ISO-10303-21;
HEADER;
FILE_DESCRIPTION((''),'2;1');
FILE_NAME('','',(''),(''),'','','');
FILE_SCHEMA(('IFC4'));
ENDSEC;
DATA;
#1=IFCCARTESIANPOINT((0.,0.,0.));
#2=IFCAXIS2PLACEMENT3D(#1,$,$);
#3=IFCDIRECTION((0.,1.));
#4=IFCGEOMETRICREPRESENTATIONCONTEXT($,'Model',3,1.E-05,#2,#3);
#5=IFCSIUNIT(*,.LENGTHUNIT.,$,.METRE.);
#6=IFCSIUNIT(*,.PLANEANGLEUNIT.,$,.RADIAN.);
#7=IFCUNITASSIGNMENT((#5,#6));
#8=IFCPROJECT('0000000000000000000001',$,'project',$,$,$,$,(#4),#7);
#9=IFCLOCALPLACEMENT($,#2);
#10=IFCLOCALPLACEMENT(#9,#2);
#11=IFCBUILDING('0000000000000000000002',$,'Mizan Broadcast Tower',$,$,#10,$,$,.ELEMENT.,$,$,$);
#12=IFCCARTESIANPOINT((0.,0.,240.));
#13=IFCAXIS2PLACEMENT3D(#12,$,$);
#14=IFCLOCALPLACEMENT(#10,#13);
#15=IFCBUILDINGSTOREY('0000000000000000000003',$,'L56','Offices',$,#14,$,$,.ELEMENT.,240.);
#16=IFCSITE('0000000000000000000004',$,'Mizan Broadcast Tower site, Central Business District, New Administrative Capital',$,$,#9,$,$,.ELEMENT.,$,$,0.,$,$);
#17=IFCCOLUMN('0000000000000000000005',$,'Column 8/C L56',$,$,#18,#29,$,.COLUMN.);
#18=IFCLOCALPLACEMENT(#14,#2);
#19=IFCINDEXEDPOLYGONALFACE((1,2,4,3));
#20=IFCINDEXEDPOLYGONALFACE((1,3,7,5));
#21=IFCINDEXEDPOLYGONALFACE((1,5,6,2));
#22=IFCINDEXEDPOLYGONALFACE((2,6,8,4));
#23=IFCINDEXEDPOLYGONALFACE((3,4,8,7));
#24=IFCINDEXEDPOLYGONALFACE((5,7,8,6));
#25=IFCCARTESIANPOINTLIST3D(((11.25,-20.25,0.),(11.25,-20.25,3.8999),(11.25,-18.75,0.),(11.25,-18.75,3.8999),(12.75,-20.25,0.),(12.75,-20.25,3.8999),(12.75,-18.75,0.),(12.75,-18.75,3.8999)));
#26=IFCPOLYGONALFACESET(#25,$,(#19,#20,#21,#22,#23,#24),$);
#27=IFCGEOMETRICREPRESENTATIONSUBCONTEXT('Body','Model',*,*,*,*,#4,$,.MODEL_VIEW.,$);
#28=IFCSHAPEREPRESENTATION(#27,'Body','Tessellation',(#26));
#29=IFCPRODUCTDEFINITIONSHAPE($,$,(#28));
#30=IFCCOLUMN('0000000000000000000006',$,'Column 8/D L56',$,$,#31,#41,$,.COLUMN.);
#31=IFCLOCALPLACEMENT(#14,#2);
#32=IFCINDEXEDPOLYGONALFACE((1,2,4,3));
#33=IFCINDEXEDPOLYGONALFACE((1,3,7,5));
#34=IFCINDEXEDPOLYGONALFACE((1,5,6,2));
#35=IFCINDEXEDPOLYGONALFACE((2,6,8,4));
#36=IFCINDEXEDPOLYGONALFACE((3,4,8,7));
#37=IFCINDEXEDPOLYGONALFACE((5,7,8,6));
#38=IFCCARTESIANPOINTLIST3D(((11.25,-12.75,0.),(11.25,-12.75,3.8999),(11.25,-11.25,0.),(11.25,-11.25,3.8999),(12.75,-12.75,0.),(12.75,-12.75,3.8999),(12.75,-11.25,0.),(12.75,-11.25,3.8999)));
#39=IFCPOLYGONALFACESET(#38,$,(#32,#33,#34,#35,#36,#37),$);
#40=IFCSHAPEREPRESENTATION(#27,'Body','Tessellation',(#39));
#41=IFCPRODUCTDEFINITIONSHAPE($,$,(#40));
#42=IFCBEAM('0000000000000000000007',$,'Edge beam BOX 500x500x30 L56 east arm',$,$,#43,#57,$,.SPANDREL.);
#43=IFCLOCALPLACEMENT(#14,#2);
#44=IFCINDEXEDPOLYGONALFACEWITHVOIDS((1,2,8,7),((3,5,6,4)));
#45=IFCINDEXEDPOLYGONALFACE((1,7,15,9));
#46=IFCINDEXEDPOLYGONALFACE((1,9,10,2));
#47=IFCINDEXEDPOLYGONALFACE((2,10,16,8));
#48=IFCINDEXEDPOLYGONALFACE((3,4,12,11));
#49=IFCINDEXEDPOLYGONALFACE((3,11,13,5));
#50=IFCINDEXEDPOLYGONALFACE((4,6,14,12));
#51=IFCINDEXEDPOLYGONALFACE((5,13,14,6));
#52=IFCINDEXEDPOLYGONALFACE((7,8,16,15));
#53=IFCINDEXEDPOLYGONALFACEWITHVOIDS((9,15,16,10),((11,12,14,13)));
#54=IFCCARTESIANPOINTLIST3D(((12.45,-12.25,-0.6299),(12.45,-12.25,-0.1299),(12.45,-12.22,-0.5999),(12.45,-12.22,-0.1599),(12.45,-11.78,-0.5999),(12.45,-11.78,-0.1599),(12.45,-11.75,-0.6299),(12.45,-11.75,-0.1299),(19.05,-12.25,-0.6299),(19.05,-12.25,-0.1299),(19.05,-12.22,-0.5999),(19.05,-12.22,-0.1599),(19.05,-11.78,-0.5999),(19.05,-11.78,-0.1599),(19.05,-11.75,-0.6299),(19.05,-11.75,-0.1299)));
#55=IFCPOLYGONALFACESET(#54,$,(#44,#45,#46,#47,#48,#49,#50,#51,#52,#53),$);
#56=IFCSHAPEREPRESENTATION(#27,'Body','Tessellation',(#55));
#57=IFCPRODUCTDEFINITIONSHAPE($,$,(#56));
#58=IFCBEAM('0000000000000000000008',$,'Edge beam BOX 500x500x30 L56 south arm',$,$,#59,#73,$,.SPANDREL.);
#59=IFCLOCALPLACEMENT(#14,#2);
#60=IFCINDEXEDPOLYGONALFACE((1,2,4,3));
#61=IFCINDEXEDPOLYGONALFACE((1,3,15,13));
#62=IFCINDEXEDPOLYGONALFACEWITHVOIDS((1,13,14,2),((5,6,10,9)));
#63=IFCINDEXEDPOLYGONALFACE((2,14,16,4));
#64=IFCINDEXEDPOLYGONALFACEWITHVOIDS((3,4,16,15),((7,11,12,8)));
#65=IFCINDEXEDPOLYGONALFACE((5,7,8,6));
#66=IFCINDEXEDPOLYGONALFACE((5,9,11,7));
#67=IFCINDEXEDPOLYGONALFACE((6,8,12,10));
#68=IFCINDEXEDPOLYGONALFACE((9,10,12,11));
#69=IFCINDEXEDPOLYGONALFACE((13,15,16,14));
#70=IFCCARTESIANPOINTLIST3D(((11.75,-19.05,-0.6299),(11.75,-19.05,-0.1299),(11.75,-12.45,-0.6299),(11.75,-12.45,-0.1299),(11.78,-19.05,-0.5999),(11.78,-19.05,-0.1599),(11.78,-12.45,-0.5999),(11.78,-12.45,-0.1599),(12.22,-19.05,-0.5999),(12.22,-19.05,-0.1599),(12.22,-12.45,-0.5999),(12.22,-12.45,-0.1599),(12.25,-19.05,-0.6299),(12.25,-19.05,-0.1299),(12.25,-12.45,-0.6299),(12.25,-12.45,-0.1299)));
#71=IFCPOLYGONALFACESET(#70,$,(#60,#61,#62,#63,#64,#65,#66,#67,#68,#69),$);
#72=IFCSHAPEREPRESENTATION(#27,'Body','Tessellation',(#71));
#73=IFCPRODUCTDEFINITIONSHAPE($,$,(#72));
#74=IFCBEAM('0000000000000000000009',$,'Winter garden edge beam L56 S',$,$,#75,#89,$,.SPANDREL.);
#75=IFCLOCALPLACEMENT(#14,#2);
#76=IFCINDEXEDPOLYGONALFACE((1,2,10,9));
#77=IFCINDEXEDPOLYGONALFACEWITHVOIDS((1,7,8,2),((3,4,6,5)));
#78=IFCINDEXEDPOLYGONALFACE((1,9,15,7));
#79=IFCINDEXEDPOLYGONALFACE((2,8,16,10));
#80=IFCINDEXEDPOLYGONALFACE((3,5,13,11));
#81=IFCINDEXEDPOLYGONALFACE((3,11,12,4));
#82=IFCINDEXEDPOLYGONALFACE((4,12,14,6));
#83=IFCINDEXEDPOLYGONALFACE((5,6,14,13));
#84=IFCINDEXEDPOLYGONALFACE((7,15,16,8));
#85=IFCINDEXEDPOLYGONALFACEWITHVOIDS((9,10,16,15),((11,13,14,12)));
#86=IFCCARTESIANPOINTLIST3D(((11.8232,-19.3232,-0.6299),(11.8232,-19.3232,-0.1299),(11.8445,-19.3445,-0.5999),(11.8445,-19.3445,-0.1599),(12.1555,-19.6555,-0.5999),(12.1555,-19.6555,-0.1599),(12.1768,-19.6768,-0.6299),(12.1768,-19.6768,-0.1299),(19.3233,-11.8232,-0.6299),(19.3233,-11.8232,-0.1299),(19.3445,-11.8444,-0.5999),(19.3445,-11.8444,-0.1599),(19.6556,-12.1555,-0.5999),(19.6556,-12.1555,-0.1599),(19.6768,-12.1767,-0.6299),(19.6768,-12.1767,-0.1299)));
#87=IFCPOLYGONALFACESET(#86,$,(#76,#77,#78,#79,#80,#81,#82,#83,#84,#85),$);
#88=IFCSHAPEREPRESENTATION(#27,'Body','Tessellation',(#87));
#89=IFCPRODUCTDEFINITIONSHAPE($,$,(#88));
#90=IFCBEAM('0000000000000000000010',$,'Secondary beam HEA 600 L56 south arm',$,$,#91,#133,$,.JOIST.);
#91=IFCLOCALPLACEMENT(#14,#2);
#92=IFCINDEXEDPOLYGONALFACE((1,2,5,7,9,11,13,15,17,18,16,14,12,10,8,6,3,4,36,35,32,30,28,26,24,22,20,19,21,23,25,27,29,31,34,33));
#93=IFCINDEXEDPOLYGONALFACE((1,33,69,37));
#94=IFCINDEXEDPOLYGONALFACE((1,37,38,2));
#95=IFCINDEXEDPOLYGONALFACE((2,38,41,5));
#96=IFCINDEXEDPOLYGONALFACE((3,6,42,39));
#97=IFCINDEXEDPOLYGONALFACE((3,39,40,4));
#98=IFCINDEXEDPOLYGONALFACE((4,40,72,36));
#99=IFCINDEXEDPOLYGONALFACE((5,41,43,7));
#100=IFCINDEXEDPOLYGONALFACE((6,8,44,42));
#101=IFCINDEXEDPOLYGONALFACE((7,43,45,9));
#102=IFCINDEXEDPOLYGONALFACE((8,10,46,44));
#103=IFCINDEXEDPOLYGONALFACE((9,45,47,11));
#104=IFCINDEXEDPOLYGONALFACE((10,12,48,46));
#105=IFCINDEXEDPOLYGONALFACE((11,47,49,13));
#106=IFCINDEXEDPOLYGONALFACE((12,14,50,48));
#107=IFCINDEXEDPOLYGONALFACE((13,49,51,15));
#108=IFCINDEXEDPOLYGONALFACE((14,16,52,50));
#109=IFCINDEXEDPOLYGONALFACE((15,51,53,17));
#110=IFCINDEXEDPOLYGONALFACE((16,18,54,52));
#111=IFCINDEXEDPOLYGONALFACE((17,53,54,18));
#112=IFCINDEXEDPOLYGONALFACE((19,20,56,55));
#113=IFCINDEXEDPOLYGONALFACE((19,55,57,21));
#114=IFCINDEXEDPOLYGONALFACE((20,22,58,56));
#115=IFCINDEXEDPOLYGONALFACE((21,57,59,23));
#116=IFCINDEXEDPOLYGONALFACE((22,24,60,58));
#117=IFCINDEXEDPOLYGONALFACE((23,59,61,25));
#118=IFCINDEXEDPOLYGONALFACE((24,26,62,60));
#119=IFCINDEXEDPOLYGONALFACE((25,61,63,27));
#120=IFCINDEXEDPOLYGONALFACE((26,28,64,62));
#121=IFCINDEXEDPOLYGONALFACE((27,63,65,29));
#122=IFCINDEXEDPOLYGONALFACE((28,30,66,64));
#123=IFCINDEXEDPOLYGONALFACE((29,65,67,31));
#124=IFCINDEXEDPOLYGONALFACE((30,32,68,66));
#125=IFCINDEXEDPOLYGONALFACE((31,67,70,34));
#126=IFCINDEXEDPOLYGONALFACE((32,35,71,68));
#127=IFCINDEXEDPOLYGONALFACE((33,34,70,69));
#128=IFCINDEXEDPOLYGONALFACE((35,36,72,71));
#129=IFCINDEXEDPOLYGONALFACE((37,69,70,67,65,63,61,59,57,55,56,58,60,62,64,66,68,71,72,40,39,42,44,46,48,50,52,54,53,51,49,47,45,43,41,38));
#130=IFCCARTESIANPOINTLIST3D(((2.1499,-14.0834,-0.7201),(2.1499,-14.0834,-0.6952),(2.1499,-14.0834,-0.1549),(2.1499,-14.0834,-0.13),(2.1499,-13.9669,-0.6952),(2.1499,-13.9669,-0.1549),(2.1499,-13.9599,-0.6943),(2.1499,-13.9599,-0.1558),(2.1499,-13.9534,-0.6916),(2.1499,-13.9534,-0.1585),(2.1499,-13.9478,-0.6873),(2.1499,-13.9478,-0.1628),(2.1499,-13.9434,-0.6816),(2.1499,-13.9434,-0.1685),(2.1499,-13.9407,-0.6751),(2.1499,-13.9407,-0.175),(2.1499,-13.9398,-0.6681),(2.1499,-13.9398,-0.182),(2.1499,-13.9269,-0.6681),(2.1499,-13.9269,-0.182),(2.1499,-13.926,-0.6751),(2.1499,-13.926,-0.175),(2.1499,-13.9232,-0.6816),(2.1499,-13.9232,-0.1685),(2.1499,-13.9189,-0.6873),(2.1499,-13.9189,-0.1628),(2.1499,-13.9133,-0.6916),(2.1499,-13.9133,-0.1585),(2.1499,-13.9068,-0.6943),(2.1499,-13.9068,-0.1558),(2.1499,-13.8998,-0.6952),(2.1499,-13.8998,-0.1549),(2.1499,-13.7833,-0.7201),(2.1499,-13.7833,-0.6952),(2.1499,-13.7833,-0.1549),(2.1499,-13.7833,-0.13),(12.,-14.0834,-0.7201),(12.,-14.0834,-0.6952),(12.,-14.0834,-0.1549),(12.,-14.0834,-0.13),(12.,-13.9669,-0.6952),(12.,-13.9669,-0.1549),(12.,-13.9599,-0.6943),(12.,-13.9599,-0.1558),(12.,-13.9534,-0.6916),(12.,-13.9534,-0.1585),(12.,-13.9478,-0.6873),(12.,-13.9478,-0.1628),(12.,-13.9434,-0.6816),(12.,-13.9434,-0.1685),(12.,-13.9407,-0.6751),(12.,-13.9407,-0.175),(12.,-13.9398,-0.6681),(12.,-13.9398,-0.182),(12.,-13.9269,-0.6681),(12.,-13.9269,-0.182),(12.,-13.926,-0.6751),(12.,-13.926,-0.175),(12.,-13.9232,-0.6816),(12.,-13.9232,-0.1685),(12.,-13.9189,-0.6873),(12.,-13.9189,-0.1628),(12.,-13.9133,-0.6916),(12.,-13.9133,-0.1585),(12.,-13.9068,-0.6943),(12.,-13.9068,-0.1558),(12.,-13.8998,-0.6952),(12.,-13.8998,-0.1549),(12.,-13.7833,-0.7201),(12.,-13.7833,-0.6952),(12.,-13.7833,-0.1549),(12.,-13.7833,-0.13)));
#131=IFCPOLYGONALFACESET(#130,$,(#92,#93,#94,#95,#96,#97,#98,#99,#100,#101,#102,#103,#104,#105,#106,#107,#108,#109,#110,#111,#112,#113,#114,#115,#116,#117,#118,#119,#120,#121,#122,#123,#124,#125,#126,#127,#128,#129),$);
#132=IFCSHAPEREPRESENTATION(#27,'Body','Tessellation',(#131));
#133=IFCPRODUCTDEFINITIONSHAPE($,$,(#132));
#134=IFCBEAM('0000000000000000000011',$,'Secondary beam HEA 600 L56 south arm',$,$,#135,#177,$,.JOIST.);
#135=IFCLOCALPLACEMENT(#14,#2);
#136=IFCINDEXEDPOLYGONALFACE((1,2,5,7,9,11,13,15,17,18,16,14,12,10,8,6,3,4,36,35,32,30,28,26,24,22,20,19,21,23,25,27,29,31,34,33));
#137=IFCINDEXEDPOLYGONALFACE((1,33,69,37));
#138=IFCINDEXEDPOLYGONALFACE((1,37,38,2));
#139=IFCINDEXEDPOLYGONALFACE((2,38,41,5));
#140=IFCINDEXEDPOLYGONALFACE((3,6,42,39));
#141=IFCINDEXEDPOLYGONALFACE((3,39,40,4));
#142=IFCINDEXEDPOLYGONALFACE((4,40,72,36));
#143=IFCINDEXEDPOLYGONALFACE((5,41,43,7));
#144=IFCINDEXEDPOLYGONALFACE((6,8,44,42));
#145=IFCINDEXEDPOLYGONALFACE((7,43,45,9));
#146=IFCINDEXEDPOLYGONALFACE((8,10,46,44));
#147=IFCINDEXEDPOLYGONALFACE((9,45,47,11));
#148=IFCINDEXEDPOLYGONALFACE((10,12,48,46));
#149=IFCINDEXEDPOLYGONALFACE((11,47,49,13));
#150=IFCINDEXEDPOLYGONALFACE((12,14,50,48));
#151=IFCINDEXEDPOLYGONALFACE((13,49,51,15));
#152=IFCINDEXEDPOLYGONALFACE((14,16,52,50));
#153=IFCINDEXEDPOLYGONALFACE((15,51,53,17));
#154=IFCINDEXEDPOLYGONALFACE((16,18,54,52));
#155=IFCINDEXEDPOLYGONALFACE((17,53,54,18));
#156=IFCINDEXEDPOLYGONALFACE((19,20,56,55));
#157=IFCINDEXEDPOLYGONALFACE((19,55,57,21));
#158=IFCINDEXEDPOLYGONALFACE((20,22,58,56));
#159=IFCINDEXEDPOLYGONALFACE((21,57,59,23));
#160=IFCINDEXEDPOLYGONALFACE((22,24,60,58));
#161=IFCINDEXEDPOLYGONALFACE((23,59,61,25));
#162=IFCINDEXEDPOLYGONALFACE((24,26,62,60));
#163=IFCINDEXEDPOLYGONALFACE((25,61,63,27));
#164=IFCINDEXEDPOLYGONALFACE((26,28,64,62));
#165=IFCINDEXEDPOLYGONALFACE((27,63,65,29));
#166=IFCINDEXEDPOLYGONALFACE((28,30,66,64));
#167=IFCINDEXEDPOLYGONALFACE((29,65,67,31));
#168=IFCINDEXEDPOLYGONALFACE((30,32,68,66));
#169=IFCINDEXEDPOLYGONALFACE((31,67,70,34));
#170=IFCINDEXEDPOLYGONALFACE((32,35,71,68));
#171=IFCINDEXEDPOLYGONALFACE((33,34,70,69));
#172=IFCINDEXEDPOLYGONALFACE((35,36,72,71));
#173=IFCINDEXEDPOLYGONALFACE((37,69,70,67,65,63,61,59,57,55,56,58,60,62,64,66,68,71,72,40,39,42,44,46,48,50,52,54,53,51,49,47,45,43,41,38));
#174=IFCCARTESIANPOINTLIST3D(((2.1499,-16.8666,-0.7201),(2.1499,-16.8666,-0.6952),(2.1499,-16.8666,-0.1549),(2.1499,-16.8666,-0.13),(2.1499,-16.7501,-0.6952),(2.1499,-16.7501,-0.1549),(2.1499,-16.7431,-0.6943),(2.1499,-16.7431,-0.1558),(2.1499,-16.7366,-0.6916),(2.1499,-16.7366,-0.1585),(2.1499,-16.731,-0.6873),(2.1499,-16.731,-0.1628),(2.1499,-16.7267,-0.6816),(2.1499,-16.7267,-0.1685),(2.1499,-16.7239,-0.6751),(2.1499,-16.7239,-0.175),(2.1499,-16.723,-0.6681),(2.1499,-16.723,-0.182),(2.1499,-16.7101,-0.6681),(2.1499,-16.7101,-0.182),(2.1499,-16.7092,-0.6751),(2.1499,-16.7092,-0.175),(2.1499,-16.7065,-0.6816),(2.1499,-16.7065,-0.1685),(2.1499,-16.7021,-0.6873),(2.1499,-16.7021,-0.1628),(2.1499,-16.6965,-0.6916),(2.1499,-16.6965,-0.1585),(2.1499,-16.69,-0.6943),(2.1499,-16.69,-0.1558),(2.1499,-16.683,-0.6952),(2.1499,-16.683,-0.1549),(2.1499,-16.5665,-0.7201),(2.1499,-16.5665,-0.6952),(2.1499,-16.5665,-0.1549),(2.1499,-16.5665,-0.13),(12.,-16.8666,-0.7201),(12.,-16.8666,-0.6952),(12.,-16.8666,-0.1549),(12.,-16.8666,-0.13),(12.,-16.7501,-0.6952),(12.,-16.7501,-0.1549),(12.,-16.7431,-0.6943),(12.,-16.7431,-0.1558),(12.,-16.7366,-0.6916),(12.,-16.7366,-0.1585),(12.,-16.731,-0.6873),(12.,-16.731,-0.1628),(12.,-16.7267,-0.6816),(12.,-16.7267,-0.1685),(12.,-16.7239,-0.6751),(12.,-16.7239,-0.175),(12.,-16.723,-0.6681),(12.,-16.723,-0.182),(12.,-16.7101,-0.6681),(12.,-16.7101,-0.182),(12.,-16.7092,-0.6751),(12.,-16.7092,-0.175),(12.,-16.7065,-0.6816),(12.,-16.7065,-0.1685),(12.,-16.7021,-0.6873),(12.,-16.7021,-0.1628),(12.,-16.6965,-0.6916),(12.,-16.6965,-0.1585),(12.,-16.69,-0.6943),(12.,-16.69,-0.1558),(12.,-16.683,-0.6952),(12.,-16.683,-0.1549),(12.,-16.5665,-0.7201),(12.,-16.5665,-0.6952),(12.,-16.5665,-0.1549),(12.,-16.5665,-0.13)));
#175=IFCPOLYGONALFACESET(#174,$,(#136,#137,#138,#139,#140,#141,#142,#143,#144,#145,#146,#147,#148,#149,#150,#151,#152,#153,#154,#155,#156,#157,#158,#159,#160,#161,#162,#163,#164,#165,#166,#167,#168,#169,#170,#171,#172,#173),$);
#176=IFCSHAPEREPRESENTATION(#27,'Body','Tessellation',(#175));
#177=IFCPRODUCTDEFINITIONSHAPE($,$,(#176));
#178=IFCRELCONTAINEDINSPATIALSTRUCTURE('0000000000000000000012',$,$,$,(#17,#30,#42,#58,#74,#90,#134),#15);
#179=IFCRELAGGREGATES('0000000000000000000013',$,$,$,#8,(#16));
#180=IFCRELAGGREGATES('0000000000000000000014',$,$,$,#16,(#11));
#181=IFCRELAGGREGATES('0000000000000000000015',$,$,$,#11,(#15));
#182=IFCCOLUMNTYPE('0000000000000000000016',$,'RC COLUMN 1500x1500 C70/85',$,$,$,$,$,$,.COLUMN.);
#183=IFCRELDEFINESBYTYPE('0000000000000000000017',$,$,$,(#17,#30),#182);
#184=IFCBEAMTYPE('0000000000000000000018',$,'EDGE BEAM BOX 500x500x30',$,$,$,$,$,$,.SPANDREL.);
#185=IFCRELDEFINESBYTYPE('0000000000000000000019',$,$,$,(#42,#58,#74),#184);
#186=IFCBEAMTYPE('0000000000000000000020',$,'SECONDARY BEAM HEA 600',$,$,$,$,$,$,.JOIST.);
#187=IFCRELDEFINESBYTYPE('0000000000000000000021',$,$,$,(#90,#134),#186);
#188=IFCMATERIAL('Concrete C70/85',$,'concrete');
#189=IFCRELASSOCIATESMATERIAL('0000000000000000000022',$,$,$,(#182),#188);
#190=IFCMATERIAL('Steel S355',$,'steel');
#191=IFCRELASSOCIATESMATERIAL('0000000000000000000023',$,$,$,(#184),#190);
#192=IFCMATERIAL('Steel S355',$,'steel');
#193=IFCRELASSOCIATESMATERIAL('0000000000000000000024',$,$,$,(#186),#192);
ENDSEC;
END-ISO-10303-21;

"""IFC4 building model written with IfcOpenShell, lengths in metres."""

from ifc_helpers import new_model, si_unit, direction, frame, origin, origin_2d, place, context, subcontext, project, spatial, rectangle, hollow_rectangle, i_section, extrude, material, material_profile, profile_set, type_object, element, save


model = new_model("IFC4")

# Units and contexts
model_context = context("Model", 3, precision=1e-05, world=origin(), true_north=direction((0.0, 1.0)))
body_context = subcontext(model_context, "Body", "Model", "MODEL_VIEW")
ifc_project = project(units=[si_unit("LENGTHUNIT", "METRE"), si_unit("PLANEANGLEUNIT", "RADIAN")], contexts=[model_context])

# Site, building, storey
site_placement = place(None, origin())
site = spatial("IfcSite", under=ifc_project, at=site_placement, Name="Mizan Broadcast Tower site, Central Business District, New Administrative Capital", CompositionType="ELEMENT", RefElevation=0.0)
building_placement = place(site_placement, origin())
building = spatial("IfcBuilding", under=site, at=building_placement, Name="Mizan Broadcast Tower", CompositionType="ELEMENT")
storey_placement = place(building_placement, frame((0.0, 0.0, 240.0)))
storey = spatial("IfcBuildingStorey", under=building, at=storey_placement, Name="L56", Description="Offices", CompositionType="ELEMENT", Elevation=240.0)

# Columns
ifc_material_1 = material(Name="Concrete C70/85", Category="concrete")
ifc_material_profile_1 = material_profile(ifc_material_1, rectangle(XDim=1.5, YDim=1.5, at=origin_2d()), Name="RC 1500x1500")
ifc_profile_set_1 = profile_set([ifc_material_profile_1], Name="Concrete C70/85")
column_type = type_object("IfcColumnType", Name="RC COLUMN 1500x1500 C70/85", PredefinedType="COLUMN", material=ifc_profile_set_1)
for number, where, z_axis, x_axis, name in (
    (1, (12.0, -19.5, 0.0), (0.0, 0.0, 1.0), (1.0, 0.0, 0.0), "Column 8/C L56"),
    (2, (12.0, -12.0, 0.0), (0.0, 0.0, 1.0), (1.0, 0.0, 0.0), "Column 8/D L56"),
):
    element("IfcColumn", number, at=place(storey_placement, frame(where, z_axis=z_axis, x_axis=x_axis)), inside=storey, type_object=column_type, Name=name, PredefinedType="COLUMN", context=body_context, shape_type="SweptSolid", body=[
        extrude(rectangle(XDim=1.5, YDim=1.5, at=origin_2d()), origin(), (0.0, 0.0, 1.0), 3.8999),
    ])

# Beams
ifc_material_2 = material(Name="Steel S355", Category="steel")
ifc_material_profile_2 = material_profile(ifc_material_2, hollow_rectangle(XDim=0.5, YDim=0.5, WallThickness=0.03, at=origin_2d()), Name="BOX 500x500x30")
ifc_profile_set_2 = profile_set([ifc_material_profile_2], Name="Steel S355")
beam_type_1 = type_object("IfcBeamType", Name="EDGE BEAM BOX 500x500x30", PredefinedType="SPANDREL", material=ifc_profile_set_2)
for number, where, z_axis, x_axis, name in (
    (3, (12.45, -12.0, -0.3799), (1.0, 0.0, 0.0), (0.0, 1.0, 0.0), "Edge beam BOX 500x500x30 L56 east arm"),
    (4, (12.0, -12.45, -0.3799), (0.0, -1.0, 0.0), (1.0, 0.0, 0.0), "Edge beam BOX 500x500x30 L56 south arm"),
):
    element("IfcBeam", number, at=place(storey_placement, frame(where, z_axis=z_axis, x_axis=x_axis)), inside=storey, type_object=beam_type_1, Name=name, PredefinedType="SPANDREL", context=body_context, shape_type="SweptSolid", body=[
        extrude(hollow_rectangle(XDim=0.5, YDim=0.5, WallThickness=0.03, at=origin_2d()), origin(), (0.0, 0.0, 1.0), 6.6001),
    ])
beam_1_placement = place(storey_placement, frame((12.0, -19.5, -0.3799), z_axis=(0.707107, 0.707107, 0.0), x_axis=(-0.707107, 0.707107, 0.0)))
element("IfcBeam", 5, at=beam_1_placement, inside=storey, type_object=beam_type_1, Name="Winter garden edge beam L56 S", PredefinedType="SPANDREL", context=body_context, shape_type="SweptSolid", body=[
    extrude(hollow_rectangle(XDim=0.5, YDim=0.5, WallThickness=0.03, at=origin_2d()), origin(), (0.0, 0.0, 1.0), 10.6067),
])
ifc_material_3 = material(Name="Steel S355", Category="steel")
ifc_material_profile_3 = material_profile(ifc_material_3, i_section(OverallWidth=0.3, OverallDepth=0.5901, WebThickness=0.0129, FlangeThickness=0.0249, FilletRadius=0.0271, at=origin_2d()), Name="HEA 600")
ifc_profile_set_3 = profile_set([ifc_material_profile_3], Name="Steel S355")
beam_type_2 = type_object("IfcBeamType", Name="SECONDARY BEAM HEA 600", PredefinedType="JOIST", material=ifc_profile_set_3)
for number, where, z_axis, x_axis, name in (
    (6, (12.0, -13.9333, -0.425), (-1.0, 0.0, 0.0), (0.0, -1.0, 0.0), "Secondary beam HEA 600 L56 south arm"),
    (7, (12.0, -16.7166, -0.425), (-1.0, 0.0, 0.0), (0.0, -1.0, 0.0), "Secondary beam HEA 600 L56 south arm"),
):
    element("IfcBeam", number, at=place(storey_placement, frame(where, z_axis=z_axis, x_axis=x_axis)), inside=storey, type_object=beam_type_2, Name=name, PredefinedType="JOIST", context=body_context, shape_type="SweptSolid", body=[
        extrude(i_section(OverallWidth=0.3, OverallDepth=0.5901, WebThickness=0.0129, FlangeThickness=0.0249, FilletRadius=0.0271, at=origin_2d()), origin(), (0.0, 0.0, 1.0), 9.8501),
    ])

save(model, "model.ifc")
